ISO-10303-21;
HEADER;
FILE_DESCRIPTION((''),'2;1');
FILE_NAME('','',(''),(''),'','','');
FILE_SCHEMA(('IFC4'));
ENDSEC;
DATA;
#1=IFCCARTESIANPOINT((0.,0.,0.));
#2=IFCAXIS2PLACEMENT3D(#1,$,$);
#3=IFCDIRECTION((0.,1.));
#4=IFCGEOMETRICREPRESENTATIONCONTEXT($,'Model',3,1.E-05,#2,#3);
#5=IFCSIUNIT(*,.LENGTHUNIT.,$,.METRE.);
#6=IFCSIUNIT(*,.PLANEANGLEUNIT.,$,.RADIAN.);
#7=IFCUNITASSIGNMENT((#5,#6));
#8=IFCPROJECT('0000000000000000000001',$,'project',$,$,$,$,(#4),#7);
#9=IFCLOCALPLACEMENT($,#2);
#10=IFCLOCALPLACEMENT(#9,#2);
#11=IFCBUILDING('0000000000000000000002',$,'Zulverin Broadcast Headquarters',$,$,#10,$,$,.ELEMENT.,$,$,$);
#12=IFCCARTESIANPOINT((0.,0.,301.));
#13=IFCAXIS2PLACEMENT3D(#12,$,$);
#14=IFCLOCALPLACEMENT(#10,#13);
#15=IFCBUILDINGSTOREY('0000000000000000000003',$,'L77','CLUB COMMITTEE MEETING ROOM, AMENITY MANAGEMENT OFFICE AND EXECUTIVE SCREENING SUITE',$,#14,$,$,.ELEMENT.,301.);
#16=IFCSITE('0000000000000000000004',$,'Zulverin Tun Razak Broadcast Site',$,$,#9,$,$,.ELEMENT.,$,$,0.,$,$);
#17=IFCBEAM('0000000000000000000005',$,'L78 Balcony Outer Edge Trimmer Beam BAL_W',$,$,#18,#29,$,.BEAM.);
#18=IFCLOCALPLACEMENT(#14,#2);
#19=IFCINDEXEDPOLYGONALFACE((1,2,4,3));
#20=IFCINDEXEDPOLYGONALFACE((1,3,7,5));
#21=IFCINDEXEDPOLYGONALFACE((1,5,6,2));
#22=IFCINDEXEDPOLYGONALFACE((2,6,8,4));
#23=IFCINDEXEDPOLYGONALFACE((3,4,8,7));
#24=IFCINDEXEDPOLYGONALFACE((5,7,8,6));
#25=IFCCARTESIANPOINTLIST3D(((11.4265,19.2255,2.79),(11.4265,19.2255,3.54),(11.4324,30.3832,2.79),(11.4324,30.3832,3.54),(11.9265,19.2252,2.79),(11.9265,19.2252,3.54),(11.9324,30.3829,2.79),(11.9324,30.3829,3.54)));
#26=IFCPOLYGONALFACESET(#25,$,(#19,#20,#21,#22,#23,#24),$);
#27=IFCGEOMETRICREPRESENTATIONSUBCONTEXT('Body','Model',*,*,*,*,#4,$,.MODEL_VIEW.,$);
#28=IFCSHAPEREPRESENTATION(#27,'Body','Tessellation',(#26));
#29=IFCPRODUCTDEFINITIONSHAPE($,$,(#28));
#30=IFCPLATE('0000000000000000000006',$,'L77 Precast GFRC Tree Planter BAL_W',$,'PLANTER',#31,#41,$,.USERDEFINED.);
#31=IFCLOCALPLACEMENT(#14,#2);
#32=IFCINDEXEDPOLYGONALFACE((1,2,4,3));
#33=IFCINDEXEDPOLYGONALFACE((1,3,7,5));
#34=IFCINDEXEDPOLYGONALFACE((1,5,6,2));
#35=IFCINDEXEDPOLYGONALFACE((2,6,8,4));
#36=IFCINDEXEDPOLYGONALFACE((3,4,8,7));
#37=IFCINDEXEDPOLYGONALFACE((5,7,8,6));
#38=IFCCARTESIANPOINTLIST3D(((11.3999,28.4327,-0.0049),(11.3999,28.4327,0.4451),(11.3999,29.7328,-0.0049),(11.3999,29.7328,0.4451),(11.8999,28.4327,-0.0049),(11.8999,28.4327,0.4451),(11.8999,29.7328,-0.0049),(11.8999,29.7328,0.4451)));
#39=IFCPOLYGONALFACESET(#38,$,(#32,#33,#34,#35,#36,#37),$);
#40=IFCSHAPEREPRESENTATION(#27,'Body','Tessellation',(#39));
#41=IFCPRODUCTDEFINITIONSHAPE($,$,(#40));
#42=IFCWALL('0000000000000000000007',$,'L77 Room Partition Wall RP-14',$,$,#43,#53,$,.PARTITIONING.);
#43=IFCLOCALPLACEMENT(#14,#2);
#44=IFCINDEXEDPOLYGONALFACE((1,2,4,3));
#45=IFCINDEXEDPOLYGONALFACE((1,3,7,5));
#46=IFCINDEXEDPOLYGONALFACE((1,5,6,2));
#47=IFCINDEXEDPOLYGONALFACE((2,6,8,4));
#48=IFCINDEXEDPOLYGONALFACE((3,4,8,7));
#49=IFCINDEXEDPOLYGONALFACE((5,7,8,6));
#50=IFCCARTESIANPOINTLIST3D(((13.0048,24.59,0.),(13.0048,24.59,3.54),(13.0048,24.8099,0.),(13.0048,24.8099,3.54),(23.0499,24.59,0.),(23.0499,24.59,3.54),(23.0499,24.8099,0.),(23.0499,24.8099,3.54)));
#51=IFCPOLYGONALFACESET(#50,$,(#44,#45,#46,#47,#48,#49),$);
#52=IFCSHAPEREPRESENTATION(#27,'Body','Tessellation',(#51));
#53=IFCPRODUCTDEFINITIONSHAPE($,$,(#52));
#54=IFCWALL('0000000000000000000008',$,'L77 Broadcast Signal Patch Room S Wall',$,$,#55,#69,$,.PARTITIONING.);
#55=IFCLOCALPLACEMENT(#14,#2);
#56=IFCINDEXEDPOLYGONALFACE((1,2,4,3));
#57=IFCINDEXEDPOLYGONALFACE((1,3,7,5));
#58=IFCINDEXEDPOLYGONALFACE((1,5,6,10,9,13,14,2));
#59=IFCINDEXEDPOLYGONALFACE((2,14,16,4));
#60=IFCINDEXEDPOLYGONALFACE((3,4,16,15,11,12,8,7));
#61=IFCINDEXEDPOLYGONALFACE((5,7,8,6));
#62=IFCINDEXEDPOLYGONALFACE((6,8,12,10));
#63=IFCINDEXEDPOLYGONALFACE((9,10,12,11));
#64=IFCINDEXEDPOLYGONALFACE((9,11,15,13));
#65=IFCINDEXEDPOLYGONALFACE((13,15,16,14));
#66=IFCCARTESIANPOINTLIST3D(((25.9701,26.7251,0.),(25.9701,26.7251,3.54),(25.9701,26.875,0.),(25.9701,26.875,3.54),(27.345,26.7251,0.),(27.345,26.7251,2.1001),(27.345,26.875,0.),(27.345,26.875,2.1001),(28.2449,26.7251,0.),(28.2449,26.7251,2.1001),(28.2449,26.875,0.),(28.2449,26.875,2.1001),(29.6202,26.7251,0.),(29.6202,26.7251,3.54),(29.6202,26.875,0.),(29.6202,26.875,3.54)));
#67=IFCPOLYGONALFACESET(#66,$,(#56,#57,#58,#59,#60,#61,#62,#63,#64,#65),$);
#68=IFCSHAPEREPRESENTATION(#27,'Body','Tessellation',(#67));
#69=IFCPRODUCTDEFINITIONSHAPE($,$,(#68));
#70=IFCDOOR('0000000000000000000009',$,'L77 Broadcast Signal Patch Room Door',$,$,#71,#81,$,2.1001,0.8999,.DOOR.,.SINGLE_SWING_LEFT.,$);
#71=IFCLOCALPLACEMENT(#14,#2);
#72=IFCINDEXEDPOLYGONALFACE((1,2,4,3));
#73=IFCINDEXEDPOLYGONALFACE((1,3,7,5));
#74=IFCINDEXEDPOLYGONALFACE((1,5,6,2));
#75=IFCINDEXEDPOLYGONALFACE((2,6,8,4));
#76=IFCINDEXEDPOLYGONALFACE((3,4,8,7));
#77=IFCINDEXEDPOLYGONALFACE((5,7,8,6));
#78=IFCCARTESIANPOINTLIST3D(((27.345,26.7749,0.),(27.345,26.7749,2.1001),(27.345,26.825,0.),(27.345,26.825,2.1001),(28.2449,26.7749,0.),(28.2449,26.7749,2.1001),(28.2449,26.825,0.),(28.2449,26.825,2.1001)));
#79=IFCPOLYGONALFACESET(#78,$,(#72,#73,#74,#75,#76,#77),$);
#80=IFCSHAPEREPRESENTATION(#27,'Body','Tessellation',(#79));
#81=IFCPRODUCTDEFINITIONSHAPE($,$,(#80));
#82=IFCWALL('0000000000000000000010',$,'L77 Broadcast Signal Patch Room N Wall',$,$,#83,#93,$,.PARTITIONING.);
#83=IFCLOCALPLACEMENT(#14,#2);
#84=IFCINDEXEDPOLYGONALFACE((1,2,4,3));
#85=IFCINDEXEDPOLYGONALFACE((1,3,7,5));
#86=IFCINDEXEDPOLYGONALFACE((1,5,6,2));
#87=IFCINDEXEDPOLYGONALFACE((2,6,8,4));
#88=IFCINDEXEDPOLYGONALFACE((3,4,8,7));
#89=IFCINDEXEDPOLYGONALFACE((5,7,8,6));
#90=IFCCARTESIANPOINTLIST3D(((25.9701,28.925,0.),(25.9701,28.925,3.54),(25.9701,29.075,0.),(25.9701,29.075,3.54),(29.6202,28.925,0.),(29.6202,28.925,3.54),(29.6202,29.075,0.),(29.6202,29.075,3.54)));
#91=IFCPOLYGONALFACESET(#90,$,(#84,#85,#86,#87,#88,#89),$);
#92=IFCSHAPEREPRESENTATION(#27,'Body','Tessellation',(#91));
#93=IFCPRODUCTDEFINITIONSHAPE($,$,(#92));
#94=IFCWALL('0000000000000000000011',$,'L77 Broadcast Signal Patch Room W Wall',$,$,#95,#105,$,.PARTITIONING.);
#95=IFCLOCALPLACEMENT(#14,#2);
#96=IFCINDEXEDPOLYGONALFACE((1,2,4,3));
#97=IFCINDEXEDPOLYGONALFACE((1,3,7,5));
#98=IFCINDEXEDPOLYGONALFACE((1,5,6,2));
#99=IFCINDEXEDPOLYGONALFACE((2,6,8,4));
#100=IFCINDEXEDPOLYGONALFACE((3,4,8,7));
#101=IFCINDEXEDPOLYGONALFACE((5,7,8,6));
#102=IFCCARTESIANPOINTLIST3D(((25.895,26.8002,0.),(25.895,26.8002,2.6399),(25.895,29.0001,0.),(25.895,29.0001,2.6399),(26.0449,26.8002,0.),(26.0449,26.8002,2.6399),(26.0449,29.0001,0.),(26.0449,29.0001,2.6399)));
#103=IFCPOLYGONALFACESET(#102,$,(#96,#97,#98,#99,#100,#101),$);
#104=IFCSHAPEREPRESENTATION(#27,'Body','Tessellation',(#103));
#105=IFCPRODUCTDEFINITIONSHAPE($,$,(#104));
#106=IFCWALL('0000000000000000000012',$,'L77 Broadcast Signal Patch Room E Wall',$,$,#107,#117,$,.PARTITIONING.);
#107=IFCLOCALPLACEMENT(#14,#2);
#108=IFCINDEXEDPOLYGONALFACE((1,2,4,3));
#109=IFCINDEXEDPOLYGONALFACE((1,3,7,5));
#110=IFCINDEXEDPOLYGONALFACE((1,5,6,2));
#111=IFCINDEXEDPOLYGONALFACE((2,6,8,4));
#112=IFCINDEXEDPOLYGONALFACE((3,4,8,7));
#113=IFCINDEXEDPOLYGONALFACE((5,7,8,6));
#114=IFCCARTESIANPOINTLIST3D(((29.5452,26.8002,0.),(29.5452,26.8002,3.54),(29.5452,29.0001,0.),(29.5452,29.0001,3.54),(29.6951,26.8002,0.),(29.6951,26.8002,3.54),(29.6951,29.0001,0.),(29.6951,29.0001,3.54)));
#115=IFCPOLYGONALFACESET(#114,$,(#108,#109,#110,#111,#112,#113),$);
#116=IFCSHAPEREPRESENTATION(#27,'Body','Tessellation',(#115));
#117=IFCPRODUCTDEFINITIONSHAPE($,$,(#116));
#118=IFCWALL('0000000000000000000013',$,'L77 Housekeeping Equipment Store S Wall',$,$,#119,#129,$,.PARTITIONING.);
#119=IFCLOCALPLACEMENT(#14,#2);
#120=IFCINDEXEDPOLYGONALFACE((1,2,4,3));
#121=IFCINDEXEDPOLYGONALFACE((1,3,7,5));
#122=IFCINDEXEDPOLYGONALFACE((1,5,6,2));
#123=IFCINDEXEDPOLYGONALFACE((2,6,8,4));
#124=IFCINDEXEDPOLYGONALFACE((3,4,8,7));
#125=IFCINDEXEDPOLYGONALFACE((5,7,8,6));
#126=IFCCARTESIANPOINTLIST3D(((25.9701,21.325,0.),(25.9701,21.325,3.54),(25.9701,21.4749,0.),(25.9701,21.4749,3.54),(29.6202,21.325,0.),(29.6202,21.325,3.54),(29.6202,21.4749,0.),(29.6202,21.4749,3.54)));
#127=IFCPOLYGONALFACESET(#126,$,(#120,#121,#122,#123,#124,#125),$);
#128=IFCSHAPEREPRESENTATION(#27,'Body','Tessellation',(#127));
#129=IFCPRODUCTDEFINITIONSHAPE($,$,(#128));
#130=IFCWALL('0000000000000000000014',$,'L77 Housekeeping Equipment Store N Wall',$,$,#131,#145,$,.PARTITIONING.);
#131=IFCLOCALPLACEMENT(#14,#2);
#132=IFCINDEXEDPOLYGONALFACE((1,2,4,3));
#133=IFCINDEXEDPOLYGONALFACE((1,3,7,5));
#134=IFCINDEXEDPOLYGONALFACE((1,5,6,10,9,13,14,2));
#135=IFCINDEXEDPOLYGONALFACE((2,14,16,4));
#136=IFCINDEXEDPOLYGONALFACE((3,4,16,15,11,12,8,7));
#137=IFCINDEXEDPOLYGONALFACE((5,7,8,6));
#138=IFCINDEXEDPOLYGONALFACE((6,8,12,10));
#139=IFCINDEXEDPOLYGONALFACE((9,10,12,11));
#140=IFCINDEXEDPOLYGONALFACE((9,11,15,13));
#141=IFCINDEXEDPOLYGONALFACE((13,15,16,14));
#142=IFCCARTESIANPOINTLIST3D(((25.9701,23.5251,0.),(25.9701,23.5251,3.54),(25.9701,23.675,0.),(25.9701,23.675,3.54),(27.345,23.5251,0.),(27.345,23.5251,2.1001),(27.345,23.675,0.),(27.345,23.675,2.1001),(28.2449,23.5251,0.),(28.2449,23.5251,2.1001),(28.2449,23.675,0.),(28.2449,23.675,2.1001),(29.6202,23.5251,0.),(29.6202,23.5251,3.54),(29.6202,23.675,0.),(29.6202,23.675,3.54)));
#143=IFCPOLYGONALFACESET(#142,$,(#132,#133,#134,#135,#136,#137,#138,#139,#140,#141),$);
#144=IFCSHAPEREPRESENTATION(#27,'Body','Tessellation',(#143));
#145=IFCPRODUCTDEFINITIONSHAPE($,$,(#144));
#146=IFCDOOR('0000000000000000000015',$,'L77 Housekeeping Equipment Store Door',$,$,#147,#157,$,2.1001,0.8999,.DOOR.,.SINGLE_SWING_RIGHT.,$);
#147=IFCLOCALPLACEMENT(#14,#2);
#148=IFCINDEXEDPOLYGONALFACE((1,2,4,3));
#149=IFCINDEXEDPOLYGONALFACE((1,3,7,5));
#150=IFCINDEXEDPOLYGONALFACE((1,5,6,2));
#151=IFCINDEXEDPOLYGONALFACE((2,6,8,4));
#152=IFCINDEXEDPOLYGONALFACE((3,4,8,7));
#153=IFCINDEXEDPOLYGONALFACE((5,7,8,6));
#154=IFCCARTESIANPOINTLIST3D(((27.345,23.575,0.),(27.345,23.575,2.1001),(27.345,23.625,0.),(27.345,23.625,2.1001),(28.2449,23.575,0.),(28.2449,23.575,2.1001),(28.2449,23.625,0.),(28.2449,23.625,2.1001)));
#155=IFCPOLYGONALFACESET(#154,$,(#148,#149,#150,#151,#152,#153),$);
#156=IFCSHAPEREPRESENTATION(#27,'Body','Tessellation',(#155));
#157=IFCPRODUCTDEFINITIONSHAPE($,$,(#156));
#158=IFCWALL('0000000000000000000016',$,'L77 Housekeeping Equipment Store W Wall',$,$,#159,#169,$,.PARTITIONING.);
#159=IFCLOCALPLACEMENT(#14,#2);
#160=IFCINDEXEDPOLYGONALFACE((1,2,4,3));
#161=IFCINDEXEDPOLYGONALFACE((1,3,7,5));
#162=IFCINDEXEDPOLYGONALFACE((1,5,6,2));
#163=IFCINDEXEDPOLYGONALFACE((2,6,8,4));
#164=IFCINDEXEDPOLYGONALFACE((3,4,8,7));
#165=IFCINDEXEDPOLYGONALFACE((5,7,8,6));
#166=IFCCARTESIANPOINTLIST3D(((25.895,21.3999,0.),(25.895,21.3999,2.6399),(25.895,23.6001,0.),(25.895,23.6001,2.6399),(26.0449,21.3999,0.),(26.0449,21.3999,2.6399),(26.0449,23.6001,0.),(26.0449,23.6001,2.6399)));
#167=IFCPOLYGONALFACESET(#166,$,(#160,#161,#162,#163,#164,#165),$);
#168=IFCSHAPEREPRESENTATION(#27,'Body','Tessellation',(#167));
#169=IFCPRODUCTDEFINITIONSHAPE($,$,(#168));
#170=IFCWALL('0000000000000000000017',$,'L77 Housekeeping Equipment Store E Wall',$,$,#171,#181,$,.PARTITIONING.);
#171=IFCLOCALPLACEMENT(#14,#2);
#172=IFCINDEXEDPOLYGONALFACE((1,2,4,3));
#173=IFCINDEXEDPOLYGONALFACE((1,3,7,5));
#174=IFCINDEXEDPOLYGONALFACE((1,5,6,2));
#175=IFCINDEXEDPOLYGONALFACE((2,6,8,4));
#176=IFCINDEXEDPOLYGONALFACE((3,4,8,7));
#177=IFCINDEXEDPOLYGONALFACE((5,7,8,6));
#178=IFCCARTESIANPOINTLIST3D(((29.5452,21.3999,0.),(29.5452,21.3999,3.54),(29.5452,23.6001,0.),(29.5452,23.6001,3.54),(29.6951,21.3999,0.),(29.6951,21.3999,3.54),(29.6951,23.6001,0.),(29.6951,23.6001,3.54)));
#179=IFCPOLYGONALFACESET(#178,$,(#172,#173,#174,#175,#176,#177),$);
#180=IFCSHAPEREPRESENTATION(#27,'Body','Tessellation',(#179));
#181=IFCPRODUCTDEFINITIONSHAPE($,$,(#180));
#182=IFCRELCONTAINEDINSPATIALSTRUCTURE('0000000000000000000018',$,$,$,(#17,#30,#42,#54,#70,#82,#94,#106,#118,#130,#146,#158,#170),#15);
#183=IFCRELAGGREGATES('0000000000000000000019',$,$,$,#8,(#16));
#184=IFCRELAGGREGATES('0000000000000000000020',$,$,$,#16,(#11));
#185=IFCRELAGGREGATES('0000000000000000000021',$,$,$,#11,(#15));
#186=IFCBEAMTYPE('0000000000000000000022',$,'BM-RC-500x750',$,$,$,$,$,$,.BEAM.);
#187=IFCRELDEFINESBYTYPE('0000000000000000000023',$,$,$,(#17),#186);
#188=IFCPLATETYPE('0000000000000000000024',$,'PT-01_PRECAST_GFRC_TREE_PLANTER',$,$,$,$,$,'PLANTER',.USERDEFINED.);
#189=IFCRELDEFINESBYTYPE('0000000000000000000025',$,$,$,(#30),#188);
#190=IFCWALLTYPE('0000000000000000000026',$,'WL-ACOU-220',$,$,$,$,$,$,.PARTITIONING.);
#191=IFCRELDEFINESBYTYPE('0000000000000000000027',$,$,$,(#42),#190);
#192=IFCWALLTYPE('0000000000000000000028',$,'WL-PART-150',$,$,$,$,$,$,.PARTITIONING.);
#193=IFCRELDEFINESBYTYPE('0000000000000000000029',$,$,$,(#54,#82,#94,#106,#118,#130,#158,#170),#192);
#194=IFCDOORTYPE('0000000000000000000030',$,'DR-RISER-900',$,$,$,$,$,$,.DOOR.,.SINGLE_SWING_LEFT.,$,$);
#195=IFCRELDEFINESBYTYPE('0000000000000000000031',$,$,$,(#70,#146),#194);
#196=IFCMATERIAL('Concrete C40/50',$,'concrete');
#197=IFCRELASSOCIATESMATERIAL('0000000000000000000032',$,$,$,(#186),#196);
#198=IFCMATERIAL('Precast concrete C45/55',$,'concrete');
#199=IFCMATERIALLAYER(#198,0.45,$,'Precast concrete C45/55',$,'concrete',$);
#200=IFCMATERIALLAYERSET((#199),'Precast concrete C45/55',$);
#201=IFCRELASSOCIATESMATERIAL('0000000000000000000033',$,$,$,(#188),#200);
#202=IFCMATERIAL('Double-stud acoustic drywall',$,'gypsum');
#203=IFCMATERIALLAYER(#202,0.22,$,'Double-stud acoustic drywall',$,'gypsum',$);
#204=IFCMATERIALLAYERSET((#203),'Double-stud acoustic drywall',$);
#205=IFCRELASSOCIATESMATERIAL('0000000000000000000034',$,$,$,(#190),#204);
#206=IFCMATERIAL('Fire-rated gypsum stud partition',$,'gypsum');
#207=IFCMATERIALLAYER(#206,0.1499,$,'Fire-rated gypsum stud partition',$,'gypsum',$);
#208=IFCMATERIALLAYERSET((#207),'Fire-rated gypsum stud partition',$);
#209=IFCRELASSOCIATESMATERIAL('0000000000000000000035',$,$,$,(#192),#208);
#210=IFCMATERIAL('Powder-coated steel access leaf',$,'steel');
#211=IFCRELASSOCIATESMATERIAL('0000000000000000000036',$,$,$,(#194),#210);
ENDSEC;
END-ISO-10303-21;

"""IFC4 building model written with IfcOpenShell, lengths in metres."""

from ifc_helpers import new_model, si_unit, direction, frame, frame_2d, origin, origin_2d, place, context, subcontext, project, spatial, rectangle, extrude, material, layer, layer_set, material_profile, profile_set, type_object, element, fill, save


model = new_model("IFC4")

# Units and contexts
model_context = context("Model", 3, precision=1e-05, world=origin(), true_north=direction((0.0, 1.0)))
body_context = subcontext(model_context, "Body", "Model", "MODEL_VIEW")
ifc_project = project(units=[si_unit("LENGTHUNIT", "METRE"), si_unit("PLANEANGLEUNIT", "RADIAN")], contexts=[model_context])

# Site, building, storey
site_placement = place(None, origin())
site = spatial("IfcSite", under=ifc_project, at=site_placement, Name="Zulverin Tun Razak Broadcast Site", CompositionType="ELEMENT", RefElevation=0.0)
building_placement = place(site_placement, origin())
building = spatial("IfcBuilding", under=site, at=building_placement, Name="Zulverin Broadcast Headquarters", CompositionType="ELEMENT")
storey_placement = place(building_placement, frame((0.0, 0.0, 301.0)))
storey = spatial("IfcBuildingStorey", under=building, at=storey_placement, Name="L77", Description="CLUB COMMITTEE MEETING ROOM, AMENITY MANAGEMENT OFFICE AND EXECUTIVE SCREENING SUITE", CompositionType="ELEMENT", Elevation=301.0)

# Beam
ifc_material_1 = material(Name="Concrete C40/50", Category="concrete")
ifc_material_profile = material_profile(ifc_material_1, rectangle(XDim=0.5, YDim=0.75, at=origin_2d()), Name="Concrete C40/50", Category="concrete")
ifc_profile_set = profile_set([ifc_material_profile], Name="Concrete C40/50")
beam_type = type_object("IfcBeamType", Name="BM-RC-500x750", PredefinedType="BEAM", material=ifc_profile_set)
beam_placement = place(storey_placement, frame((11.6824, 30.3831, 3.165), z_axis=(-0.000525, -1.0, 0.0), x_axis=(1.0, -0.000525, 0.0)))
element("IfcBeam", 1, at=beam_placement, inside=storey, type_object=beam_type, Name="L78 Balcony Outer Edge Trimmer Beam BAL_W", PredefinedType="BEAM", context=body_context, shape_type="SweptSolid", body=[
    extrude(rectangle(XDim=0.5, YDim=0.75, at=origin_2d()), origin(), (0.0, 0.0, 1.0), 11.1577),
])

# Plate
ifc_material_2 = material(Name="Precast concrete C45/55", Category="concrete")
ifc_layer_1 = layer(ifc_material_2, 0.45, Name="Precast concrete C45/55", Category="concrete")
ifc_layer_set_1 = layer_set([ifc_layer_1], Name="Precast concrete C45/55")
plate_type = type_object("IfcPlateType", Name="PT-01_PRECAST_GFRC_TREE_PLANTER", ElementType="PLANTER", PredefinedType="USERDEFINED", material=ifc_layer_set_1)
plate_placement = place(storey_placement, frame((11.6499, 29.0828, -0.0049), z_axis=(0.0, 0.0, 1.0), x_axis=(0.0, 1.0, 0.0)))
element("IfcPlate", 2, at=plate_placement, inside=storey, type_object=plate_type, Name="L77 Precast GFRC Tree Planter BAL_W", ObjectType="PLANTER", PredefinedType="USERDEFINED", context=body_context, shape_type="SweptSolid", body=[
    extrude(rectangle(XDim=1.3, YDim=0.5, at=origin_2d()), origin(), (0.0, 0.0, 1.0), 0.45),
])

# Wall
ifc_material_3 = material(Name="Double-stud acoustic drywall", Category="gypsum")
ifc_layer_2 = layer(ifc_material_3, 0.22, Name="Double-stud acoustic drywall", Category="gypsum")
ifc_layer_set_2 = layer_set([ifc_layer_2], Name="Double-stud acoustic drywall")
wall_type_1 = type_object("IfcWallType", Name="WL-ACOU-220", PredefinedType="PARTITIONING", material=ifc_layer_set_2)
wall_1_placement = place(storey_placement, frame((13.0049, 24.7, 0.0), z_axis=(0.0, 0.0, 1.0), x_axis=(1.0, 0.0, 0.0)))
element("IfcWall", 3, at=wall_1_placement, inside=storey, type_object=wall_type_1, Name="L77 Room Partition Wall RP-14", PredefinedType="PARTITIONING", context=body_context, shape_type="SweptSolid", body=[
    extrude(rectangle(XDim=10.0452, YDim=0.22, at=frame_2d((5.0225, 0.0))), origin(), (0.0, 0.0, 1.0), 3.54),
])

# Wall, opening, door
ifc_material_4 = material(Name="Fire-rated gypsum stud partition", Category="gypsum")
ifc_layer_3 = layer(ifc_material_4, 0.1499, Name="Fire-rated gypsum stud partition", Category="gypsum")
ifc_layer_set_3 = layer_set([ifc_layer_3], Name="Fire-rated gypsum stud partition")
wall_type_2 = type_object("IfcWallType", Name="WL-PART-150", PredefinedType="PARTITIONING", material=ifc_layer_set_3)
wall_2_placement = place(storey_placement, frame((25.97, 26.8, 0.0), z_axis=(0.0, 0.0, 1.0), x_axis=(1.0, 0.0, 0.0)))
wall_2 = element("IfcWall", 4, at=wall_2_placement, inside=storey, type_object=wall_type_2, Name="L77 Broadcast Signal Patch Room S Wall", PredefinedType="PARTITIONING", context=body_context, shape_type="SweptSolid", body=[
    extrude(rectangle(XDim=3.6501, YDim=0.1499, at=frame_2d((1.8252, 0.0))), origin(), (0.0, 0.0, 1.0), 3.54),
])
opening_1_placement = place(wall_2_placement, frame((1.375, 0.0, 0.0)))
opening_1 = element("IfcOpeningElement", 5, at=opening_1_placement, cuts=wall_2, PredefinedType="OPENING", context=body_context, shape_type="SweptSolid", body=[
    extrude(rectangle(XDim=0.8999, YDim=2.1001, at=frame_2d((0.45, 1.05))), frame((0.0, 0.085, 0.0), z_axis=(0.0, -1.0, 0.0), x_axis=(1.0, 0.0, 0.0)), (0.0, 0.0, 1.0), 0.1699),
])
ifc_material_5 = material(Name="Powder-coated steel access leaf", Category="steel")
door_type_1 = type_object("IfcDoorType", Name="DR-RISER-900", OperationType="SINGLE_SWING_LEFT", PredefinedType="DOOR", material=ifc_material_5)
door_1_placement = place(opening_1_placement, origin())
door_1 = element("IfcDoor", 6, at=door_1_placement, inside=storey, type_object=door_type_1, Name="L77 Broadcast Signal Patch Room Door", OperationType="SINGLE_SWING_LEFT", OverallHeight=2.1001, OverallWidth=0.8999, PredefinedType="DOOR", context=body_context, shape_type="SweptSolid", body=[
    extrude(rectangle(XDim=0.8999, YDim=2.1001, at=frame_2d((0.45, 1.05))), frame((0.0, 0.0249, 0.0), z_axis=(0.0, -1.0, 0.0), x_axis=(1.0, 0.0, 0.0)), (0.0, 0.0, 1.0), 0.05),
])
fill(opening_1, door_1)

# Walls
wall_3_placement = place(storey_placement, frame((25.97, 29.0, 0.0), z_axis=(0.0, 0.0, 1.0), x_axis=(1.0, 0.0, 0.0)))
element("IfcWall", 7, at=wall_3_placement, inside=storey, type_object=wall_type_2, Name="L77 Broadcast Signal Patch Room N Wall", PredefinedType="PARTITIONING", context=body_context, shape_type="SweptSolid", body=[
    extrude(rectangle(XDim=3.6501, YDim=0.1499, at=frame_2d((1.8252, 0.0))), origin(), (0.0, 0.0, 1.0), 3.54),
])
wall_4_placement = place(storey_placement, frame((25.97, 26.8, 0.0), z_axis=(0.0, 0.0, 1.0), x_axis=(0.0, 1.0, 0.0)))
element("IfcWall", 8, at=wall_4_placement, inside=storey, type_object=wall_type_2, Name="L77 Broadcast Signal Patch Room W Wall", PredefinedType="PARTITIONING", context=body_context, shape_type="SweptSolid", body=[
    extrude(rectangle(XDim=2.2, YDim=0.1499, at=frame_2d((1.1001, 0.0))), origin(), (0.0, 0.0, 1.0), 2.6399),
])
wall_5_placement = place(storey_placement, frame((29.6201, 26.8, 0.0), z_axis=(0.0, 0.0, 1.0), x_axis=(0.0, 1.0, 0.0)))
element("IfcWall", 9, at=wall_5_placement, inside=storey, type_object=wall_type_2, Name="L77 Broadcast Signal Patch Room E Wall", PredefinedType="PARTITIONING", context=body_context, shape_type="SweptSolid", body=[
    extrude(rectangle(XDim=2.2, YDim=0.1499, at=frame_2d((1.1001, 0.0))), origin(), (0.0, 0.0, 1.0), 3.54),
])
wall_6_placement = place(storey_placement, frame((25.97, 21.3999, 0.0), z_axis=(0.0, 0.0, 1.0), x_axis=(1.0, 0.0, 0.0)))
element("IfcWall", 10, at=wall_6_placement, inside=storey, type_object=wall_type_2, Name="L77 Housekeeping Equipment Store S Wall", PredefinedType="PARTITIONING", context=body_context, shape_type="SweptSolid", body=[
    extrude(rectangle(XDim=3.6501, YDim=0.1499, at=frame_2d((1.8252, 0.0))), origin(), (0.0, 0.0, 1.0), 3.54),
])

# Wall, opening, door
wall_7_placement = place(storey_placement, frame((25.97, 23.6001, 0.0), z_axis=(0.0, 0.0, 1.0), x_axis=(1.0, 0.0, 0.0)))
wall_7 = element("IfcWall", 11, at=wall_7_placement, inside=storey, type_object=wall_type_2, Name="L77 Housekeeping Equipment Store N Wall", PredefinedType="PARTITIONING", context=body_context, shape_type="SweptSolid", body=[
    extrude(rectangle(XDim=3.6501, YDim=0.1499, at=frame_2d((1.8252, 0.0))), origin(), (0.0, 0.0, 1.0), 3.54),
])
opening_2_placement = place(wall_7_placement, frame((1.375, 0.0, 0.0)))
opening_2 = element("IfcOpeningElement", 12, at=opening_2_placement, cuts=wall_7, PredefinedType="OPENING", context=body_context, shape_type="SweptSolid", body=[
    extrude(rectangle(XDim=0.8999, YDim=2.1001, at=frame_2d((0.45, 1.05))), frame((0.0, 0.085, 0.0), z_axis=(0.0, -1.0, 0.0), x_axis=(1.0, 0.0, 0.0)), (0.0, 0.0, 1.0), 0.1699),
])
door_2_placement = place(opening_2_placement, origin())
door_2 = element("IfcDoor", 13, at=door_2_placement, inside=storey, type_object=door_type_1, Name="L77 Housekeeping Equipment Store Door", OperationType="SINGLE_SWING_RIGHT", OverallHeight=2.1001, OverallWidth=0.8999, PredefinedType="DOOR", context=body_context, shape_type="SweptSolid", body=[
    extrude(rectangle(XDim=0.8999, YDim=2.1001, at=frame_2d((0.45, 1.05))), frame((0.0, 0.0249, 0.0), z_axis=(0.0, -1.0, 0.0), x_axis=(1.0, 0.0, 0.0)), (0.0, 0.0, 1.0), 0.05),
])
fill(opening_2, door_2)

# Walls
wall_8_placement = place(storey_placement, frame((25.97, 21.3999, 0.0), z_axis=(0.0, 0.0, 1.0), x_axis=(0.0, 1.0, 0.0)))
element("IfcWall", 14, at=wall_8_placement, inside=storey, type_object=wall_type_2, Name="L77 Housekeeping Equipment Store W Wall", PredefinedType="PARTITIONING", context=body_context, shape_type="SweptSolid", body=[
    extrude(rectangle(XDim=2.2002, YDim=0.1499, at=frame_2d((1.1001, 0.0))), origin(), (0.0, 0.0, 1.0), 2.6399),
])
wall_9_placement = place(storey_placement, frame((29.6201, 21.3999, 0.0), z_axis=(0.0, 0.0, 1.0), x_axis=(0.0, 1.0, 0.0)))
element("IfcWall", 15, at=wall_9_placement, inside=storey, type_object=wall_type_2, Name="L77 Housekeeping Equipment Store E Wall", PredefinedType="PARTITIONING", context=body_context, shape_type="SweptSolid", body=[
    extrude(rectangle(XDim=2.2002, YDim=0.1499, at=frame_2d((1.1001, 0.0))), origin(), (0.0, 0.0, 1.0), 3.54),
])

save(model, "model.ifc")
